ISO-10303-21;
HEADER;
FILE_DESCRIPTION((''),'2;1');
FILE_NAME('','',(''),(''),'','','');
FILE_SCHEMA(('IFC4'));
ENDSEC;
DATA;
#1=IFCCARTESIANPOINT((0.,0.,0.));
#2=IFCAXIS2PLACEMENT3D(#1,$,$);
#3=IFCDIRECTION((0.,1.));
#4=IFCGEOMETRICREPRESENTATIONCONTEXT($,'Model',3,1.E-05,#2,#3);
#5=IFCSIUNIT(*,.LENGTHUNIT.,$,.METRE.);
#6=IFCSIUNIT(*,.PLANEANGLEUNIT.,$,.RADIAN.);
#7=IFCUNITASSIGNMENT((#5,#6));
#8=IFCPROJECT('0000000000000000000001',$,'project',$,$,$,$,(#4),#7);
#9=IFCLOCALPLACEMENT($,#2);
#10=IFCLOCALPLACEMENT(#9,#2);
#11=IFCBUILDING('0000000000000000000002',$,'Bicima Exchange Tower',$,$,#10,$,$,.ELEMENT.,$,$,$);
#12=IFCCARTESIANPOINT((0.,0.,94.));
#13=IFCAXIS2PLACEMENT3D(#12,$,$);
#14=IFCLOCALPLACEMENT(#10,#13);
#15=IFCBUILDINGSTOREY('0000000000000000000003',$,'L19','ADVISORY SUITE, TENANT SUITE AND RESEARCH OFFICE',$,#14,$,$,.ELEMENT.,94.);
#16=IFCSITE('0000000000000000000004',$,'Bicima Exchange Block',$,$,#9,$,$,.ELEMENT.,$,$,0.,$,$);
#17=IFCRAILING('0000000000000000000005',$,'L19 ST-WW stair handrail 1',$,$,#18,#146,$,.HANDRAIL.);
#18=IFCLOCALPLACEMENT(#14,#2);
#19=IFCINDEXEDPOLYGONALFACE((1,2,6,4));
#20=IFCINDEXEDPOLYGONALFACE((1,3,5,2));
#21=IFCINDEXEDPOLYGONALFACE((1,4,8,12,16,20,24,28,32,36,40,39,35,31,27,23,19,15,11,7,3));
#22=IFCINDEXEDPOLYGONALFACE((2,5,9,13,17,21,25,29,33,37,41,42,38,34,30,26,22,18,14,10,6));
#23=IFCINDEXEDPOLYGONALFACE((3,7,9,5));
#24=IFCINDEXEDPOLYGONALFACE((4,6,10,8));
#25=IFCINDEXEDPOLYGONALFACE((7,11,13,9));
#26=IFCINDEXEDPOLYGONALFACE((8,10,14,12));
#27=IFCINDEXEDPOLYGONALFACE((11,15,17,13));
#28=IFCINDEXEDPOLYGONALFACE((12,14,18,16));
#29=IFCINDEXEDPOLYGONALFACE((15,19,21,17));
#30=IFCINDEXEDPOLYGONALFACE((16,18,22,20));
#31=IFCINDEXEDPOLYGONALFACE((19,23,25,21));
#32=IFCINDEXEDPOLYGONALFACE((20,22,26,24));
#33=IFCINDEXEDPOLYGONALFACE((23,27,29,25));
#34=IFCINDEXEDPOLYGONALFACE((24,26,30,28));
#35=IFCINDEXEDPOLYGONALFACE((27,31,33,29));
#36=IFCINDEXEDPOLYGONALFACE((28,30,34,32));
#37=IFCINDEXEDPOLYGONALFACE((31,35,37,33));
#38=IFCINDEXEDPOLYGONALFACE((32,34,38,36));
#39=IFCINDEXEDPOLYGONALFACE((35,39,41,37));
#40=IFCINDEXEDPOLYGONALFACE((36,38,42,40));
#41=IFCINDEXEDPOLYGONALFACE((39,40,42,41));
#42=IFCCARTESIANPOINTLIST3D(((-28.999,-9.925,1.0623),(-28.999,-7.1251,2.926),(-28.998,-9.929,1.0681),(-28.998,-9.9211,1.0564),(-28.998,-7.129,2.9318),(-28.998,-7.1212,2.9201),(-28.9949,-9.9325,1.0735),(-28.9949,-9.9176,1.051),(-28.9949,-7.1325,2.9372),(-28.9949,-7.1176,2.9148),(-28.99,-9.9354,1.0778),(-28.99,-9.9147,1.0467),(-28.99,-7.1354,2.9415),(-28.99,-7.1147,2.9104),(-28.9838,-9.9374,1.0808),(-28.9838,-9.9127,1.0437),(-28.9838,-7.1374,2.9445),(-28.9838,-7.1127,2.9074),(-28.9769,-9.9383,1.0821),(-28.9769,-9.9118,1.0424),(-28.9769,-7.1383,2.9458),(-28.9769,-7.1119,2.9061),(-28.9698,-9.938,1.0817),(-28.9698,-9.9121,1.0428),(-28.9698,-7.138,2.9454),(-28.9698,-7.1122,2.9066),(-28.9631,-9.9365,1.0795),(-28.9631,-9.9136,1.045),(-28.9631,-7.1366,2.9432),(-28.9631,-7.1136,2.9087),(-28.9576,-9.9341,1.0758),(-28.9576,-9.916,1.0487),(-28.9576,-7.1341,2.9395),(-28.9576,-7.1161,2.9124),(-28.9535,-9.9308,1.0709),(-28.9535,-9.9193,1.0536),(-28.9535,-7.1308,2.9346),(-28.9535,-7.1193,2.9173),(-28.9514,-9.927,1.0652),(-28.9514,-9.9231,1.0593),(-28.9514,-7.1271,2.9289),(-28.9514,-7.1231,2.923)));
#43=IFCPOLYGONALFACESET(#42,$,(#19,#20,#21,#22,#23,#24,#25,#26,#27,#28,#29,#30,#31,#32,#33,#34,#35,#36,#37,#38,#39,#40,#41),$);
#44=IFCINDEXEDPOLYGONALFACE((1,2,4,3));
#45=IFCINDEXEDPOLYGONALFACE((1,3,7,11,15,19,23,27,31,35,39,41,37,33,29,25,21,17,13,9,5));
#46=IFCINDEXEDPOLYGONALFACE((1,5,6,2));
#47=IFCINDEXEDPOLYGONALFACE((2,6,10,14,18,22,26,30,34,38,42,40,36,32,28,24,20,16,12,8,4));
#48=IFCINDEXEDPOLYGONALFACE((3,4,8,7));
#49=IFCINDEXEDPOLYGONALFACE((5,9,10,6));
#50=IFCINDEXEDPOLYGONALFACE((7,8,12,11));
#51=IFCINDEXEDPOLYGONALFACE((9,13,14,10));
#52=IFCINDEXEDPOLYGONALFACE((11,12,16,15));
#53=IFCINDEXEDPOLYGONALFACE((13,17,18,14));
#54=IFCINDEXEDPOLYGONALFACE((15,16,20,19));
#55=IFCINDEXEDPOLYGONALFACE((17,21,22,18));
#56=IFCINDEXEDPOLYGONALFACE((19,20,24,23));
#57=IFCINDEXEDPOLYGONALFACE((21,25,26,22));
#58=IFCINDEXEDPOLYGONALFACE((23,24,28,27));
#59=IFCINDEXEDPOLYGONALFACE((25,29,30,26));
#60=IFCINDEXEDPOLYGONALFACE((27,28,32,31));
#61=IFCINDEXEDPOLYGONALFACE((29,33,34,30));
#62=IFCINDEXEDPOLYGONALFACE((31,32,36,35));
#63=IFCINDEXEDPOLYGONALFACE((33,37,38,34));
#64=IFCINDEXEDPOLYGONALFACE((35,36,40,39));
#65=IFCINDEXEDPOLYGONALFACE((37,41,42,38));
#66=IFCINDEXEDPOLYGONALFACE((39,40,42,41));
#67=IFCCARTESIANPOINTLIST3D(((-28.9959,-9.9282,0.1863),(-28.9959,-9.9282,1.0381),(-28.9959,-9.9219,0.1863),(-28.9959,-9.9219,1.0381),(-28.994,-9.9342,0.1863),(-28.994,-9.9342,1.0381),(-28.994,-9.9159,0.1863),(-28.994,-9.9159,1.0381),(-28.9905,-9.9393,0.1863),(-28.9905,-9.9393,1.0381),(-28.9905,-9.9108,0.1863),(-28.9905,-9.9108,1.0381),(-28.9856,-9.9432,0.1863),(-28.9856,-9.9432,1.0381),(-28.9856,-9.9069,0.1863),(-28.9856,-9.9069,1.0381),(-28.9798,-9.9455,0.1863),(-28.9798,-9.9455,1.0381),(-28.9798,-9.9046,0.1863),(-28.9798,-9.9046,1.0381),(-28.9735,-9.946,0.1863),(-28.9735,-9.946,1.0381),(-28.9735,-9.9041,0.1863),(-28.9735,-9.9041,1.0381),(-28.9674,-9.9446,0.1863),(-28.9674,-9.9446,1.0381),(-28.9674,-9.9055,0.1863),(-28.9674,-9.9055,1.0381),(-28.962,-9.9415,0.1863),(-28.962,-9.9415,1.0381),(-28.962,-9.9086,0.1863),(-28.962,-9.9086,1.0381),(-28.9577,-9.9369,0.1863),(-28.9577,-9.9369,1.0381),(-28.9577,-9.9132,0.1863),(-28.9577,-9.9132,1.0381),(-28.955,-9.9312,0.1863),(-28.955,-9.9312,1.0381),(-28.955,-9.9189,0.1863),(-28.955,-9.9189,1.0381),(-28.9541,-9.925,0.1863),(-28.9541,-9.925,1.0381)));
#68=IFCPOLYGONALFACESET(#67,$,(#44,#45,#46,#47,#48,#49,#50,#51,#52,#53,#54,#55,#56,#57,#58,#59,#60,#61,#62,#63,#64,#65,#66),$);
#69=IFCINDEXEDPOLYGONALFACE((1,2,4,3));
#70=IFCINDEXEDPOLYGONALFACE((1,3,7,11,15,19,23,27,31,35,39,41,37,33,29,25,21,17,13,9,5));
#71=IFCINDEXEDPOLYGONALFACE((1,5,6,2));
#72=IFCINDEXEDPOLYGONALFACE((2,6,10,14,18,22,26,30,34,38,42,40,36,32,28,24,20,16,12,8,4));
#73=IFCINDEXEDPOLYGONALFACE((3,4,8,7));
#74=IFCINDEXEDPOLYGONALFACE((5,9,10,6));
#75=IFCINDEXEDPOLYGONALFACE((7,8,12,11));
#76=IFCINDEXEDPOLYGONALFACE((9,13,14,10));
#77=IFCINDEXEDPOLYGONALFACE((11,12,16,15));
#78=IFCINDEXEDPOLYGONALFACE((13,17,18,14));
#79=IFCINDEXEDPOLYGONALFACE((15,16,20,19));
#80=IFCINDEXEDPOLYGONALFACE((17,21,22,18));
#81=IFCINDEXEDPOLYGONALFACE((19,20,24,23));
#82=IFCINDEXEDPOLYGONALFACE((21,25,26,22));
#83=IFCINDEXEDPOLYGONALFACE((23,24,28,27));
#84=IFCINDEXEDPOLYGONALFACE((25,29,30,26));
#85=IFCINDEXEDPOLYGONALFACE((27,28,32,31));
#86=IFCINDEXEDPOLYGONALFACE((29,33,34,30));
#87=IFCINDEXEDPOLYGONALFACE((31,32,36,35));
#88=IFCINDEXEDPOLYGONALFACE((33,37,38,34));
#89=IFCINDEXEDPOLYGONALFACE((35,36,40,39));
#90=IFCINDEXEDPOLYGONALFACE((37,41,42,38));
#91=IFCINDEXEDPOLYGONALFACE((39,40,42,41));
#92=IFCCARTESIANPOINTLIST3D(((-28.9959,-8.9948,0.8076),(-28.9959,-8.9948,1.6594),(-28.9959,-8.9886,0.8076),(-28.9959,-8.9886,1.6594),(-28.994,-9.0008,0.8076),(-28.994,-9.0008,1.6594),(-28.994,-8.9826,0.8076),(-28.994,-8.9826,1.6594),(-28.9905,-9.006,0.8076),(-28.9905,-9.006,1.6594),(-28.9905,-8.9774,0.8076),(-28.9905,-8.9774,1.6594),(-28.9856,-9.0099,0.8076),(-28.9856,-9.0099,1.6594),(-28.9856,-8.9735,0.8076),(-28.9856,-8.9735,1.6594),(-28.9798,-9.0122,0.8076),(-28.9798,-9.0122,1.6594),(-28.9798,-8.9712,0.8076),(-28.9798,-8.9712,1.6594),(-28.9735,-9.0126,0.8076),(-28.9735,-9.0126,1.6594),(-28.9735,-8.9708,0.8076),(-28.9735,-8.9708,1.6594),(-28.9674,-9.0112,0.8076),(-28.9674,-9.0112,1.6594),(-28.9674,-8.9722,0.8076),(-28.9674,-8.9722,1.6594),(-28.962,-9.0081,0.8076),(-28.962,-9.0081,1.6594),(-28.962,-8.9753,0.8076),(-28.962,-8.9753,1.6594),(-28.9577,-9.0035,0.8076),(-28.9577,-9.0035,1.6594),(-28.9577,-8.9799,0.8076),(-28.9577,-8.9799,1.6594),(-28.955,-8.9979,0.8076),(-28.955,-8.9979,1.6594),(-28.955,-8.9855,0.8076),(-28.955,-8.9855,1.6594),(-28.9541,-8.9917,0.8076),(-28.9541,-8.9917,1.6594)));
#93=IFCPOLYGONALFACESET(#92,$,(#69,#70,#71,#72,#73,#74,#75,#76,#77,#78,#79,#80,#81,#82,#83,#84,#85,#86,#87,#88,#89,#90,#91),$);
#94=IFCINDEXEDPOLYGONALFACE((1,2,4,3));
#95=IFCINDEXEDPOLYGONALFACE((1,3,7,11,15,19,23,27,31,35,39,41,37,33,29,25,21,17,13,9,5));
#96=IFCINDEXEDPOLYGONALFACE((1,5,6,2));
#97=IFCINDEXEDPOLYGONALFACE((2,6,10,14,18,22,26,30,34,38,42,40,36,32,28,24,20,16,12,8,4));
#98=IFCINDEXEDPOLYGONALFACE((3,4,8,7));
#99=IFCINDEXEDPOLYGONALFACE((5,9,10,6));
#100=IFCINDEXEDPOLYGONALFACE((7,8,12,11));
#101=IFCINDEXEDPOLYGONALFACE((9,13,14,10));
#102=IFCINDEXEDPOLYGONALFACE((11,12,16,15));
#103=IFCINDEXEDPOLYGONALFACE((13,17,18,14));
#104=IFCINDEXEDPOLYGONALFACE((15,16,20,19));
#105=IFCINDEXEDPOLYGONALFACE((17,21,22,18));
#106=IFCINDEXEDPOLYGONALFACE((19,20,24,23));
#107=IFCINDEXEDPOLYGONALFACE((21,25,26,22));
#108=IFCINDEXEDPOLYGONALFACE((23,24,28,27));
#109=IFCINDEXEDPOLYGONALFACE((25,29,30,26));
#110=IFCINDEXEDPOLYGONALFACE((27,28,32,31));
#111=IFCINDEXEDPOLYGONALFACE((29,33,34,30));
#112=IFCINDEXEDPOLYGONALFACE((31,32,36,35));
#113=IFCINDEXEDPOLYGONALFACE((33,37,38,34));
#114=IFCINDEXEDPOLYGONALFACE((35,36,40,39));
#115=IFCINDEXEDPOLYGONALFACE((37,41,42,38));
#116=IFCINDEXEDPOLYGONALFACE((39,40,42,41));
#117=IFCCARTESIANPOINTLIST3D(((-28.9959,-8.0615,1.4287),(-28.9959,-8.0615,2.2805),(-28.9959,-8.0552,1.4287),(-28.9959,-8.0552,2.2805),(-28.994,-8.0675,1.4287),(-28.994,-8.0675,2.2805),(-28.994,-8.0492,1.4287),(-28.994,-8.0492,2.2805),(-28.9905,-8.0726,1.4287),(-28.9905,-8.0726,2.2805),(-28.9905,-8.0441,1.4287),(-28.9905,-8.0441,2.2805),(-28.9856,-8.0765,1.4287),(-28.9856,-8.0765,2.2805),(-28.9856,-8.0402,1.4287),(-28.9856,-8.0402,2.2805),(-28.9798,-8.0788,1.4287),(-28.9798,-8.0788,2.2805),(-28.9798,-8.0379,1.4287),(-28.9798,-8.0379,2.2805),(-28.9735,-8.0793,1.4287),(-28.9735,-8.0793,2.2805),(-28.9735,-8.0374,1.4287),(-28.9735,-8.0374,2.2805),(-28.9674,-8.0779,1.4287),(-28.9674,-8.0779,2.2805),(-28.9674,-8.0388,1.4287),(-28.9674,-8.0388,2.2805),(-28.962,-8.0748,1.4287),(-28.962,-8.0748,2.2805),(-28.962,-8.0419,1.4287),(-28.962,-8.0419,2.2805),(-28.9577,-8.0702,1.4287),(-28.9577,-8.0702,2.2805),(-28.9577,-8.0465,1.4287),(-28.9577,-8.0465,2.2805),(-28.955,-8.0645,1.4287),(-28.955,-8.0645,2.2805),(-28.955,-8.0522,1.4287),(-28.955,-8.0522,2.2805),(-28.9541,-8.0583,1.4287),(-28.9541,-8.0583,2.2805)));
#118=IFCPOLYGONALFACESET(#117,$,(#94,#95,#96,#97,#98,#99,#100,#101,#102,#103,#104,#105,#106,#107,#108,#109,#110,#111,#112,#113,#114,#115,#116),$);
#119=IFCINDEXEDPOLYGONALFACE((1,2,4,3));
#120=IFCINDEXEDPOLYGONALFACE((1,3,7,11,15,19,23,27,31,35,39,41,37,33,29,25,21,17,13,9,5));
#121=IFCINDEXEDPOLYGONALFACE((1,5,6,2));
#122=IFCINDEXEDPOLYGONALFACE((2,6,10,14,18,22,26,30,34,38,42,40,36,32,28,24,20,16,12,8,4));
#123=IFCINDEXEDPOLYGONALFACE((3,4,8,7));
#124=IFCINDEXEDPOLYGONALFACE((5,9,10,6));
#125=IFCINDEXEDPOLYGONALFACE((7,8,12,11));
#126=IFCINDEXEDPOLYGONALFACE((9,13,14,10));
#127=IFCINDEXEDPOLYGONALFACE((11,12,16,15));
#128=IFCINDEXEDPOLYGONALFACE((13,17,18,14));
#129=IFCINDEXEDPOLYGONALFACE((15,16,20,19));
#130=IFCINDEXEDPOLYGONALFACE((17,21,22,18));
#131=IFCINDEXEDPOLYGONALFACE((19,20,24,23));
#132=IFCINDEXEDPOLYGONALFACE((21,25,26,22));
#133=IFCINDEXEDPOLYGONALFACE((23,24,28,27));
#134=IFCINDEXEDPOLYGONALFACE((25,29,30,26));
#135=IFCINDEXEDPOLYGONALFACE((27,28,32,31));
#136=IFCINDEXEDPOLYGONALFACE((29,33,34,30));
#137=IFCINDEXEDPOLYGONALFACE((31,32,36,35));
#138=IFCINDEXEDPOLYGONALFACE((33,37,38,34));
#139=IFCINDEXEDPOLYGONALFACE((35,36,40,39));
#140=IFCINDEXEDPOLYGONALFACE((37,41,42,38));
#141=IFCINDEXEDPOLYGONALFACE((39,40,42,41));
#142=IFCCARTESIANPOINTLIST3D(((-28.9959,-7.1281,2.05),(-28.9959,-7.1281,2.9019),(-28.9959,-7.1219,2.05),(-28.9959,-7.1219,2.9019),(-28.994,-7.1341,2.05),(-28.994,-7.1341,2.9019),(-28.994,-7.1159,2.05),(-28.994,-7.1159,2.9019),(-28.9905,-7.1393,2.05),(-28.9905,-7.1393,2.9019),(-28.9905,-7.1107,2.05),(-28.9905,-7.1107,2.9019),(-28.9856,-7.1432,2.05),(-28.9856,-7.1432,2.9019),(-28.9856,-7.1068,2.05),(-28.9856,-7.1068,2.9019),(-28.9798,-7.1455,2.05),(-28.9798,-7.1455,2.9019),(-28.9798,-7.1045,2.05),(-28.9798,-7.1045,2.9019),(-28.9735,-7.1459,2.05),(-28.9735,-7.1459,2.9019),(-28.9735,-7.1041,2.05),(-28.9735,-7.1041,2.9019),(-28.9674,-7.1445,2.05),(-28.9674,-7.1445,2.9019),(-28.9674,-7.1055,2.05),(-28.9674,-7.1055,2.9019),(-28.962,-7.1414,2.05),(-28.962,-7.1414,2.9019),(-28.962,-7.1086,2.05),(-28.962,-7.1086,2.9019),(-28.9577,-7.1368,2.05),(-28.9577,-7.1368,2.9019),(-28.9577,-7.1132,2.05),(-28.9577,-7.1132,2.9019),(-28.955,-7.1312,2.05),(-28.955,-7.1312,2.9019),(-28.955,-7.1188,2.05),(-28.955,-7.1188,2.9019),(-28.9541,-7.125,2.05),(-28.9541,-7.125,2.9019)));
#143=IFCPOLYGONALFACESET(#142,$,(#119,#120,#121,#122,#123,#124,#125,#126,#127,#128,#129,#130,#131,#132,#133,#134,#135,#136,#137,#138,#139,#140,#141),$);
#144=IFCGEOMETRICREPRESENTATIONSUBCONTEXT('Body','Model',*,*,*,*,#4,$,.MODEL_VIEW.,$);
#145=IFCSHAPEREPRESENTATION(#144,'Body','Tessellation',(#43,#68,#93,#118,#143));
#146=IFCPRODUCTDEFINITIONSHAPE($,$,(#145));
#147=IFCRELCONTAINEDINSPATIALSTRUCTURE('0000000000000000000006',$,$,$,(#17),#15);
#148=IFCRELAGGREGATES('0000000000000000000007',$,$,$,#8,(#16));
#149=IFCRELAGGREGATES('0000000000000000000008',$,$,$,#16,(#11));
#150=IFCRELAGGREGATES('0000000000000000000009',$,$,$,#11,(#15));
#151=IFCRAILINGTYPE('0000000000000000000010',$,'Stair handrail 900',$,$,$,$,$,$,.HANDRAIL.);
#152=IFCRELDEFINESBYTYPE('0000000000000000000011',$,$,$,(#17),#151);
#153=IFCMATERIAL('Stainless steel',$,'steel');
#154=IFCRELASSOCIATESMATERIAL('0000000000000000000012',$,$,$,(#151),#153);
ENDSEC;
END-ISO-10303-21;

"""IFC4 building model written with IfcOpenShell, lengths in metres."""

from ifc_helpers import new_model, si_unit, direction, frame, origin, origin_2d, place, context, subcontext, project, spatial, circle, extrude, material, type_object, element, save


model = new_model("IFC4")

# Units and contexts
model_context = context("Model", 3, precision=1e-05, world=origin(), true_north=direction((0.0, 1.0)))
body_context = subcontext(model_context, "Body", "Model", "MODEL_VIEW")
ifc_project = project(units=[si_unit("LENGTHUNIT", "METRE"), si_unit("PLANEANGLEUNIT", "RADIAN")], contexts=[model_context])

# Site, building, storey
site_placement = place(None, origin())
site = spatial("IfcSite", under=ifc_project, at=site_placement, Name="Bicima Exchange Block", CompositionType="ELEMENT", RefElevation=0.0)
building_placement = place(site_placement, origin())
building = spatial("IfcBuilding", under=site, at=building_placement, Name="Bicima Exchange Tower", CompositionType="ELEMENT")
storey_placement = place(building_placement, frame((0.0, 0.0, 94.0)))
storey = spatial("IfcBuildingStorey", under=building, at=storey_placement, Name="L19", Description="ADVISORY SUITE, TENANT SUITE AND RESEARCH OFFICE", CompositionType="ELEMENT", Elevation=94.0)

# Railing
ifc_material_1 = material(Name="Stainless steel", Category="steel")
railing_type_1 = type_object("IfcRailingType", Name="Stair handrail 900", PredefinedType="HANDRAIL", material=ifc_material_1)
railing_1_placement = place(storey_placement, frame((-28.9751, -9.925, 0.1863)))
element("IfcRailing", 1, at=railing_1_placement, inside=storey, type_object=railing_type_1, Name="L19 ST-WW stair handrail 1", PredefinedType="HANDRAIL", context=body_context, shape_type="SweptSolid", body=[
    extrude(circle(Radius=0.0239, at=origin_2d()), frame((0.0, 0.0, 0.876), z_axis=(0.0, 0.832452, 0.554097), x_axis=(-1.0, 0.0, 0.0)), (0.0, 0.0, 1.0), 3.3635),
    extrude(circle(Radius=0.021, at=origin_2d()), origin(), (0.0, 0.0, 1.0), 0.8518),
    extrude(circle(Radius=0.021, at=origin_2d()), frame((0.0, 0.9333, 0.6213)), (0.0, 0.0, 1.0), 0.8518),
    extrude(circle(Radius=0.021, at=origin_2d()), frame((0.0, 1.8667, 1.2424)), (0.0, 0.0, 1.0), 0.8518),
    extrude(circle(Radius=0.021, at=origin_2d()), frame((0.0, 2.8, 1.8638)), (0.0, 0.0, 1.0), 0.8518),
])

save(model, "model.ifc")
